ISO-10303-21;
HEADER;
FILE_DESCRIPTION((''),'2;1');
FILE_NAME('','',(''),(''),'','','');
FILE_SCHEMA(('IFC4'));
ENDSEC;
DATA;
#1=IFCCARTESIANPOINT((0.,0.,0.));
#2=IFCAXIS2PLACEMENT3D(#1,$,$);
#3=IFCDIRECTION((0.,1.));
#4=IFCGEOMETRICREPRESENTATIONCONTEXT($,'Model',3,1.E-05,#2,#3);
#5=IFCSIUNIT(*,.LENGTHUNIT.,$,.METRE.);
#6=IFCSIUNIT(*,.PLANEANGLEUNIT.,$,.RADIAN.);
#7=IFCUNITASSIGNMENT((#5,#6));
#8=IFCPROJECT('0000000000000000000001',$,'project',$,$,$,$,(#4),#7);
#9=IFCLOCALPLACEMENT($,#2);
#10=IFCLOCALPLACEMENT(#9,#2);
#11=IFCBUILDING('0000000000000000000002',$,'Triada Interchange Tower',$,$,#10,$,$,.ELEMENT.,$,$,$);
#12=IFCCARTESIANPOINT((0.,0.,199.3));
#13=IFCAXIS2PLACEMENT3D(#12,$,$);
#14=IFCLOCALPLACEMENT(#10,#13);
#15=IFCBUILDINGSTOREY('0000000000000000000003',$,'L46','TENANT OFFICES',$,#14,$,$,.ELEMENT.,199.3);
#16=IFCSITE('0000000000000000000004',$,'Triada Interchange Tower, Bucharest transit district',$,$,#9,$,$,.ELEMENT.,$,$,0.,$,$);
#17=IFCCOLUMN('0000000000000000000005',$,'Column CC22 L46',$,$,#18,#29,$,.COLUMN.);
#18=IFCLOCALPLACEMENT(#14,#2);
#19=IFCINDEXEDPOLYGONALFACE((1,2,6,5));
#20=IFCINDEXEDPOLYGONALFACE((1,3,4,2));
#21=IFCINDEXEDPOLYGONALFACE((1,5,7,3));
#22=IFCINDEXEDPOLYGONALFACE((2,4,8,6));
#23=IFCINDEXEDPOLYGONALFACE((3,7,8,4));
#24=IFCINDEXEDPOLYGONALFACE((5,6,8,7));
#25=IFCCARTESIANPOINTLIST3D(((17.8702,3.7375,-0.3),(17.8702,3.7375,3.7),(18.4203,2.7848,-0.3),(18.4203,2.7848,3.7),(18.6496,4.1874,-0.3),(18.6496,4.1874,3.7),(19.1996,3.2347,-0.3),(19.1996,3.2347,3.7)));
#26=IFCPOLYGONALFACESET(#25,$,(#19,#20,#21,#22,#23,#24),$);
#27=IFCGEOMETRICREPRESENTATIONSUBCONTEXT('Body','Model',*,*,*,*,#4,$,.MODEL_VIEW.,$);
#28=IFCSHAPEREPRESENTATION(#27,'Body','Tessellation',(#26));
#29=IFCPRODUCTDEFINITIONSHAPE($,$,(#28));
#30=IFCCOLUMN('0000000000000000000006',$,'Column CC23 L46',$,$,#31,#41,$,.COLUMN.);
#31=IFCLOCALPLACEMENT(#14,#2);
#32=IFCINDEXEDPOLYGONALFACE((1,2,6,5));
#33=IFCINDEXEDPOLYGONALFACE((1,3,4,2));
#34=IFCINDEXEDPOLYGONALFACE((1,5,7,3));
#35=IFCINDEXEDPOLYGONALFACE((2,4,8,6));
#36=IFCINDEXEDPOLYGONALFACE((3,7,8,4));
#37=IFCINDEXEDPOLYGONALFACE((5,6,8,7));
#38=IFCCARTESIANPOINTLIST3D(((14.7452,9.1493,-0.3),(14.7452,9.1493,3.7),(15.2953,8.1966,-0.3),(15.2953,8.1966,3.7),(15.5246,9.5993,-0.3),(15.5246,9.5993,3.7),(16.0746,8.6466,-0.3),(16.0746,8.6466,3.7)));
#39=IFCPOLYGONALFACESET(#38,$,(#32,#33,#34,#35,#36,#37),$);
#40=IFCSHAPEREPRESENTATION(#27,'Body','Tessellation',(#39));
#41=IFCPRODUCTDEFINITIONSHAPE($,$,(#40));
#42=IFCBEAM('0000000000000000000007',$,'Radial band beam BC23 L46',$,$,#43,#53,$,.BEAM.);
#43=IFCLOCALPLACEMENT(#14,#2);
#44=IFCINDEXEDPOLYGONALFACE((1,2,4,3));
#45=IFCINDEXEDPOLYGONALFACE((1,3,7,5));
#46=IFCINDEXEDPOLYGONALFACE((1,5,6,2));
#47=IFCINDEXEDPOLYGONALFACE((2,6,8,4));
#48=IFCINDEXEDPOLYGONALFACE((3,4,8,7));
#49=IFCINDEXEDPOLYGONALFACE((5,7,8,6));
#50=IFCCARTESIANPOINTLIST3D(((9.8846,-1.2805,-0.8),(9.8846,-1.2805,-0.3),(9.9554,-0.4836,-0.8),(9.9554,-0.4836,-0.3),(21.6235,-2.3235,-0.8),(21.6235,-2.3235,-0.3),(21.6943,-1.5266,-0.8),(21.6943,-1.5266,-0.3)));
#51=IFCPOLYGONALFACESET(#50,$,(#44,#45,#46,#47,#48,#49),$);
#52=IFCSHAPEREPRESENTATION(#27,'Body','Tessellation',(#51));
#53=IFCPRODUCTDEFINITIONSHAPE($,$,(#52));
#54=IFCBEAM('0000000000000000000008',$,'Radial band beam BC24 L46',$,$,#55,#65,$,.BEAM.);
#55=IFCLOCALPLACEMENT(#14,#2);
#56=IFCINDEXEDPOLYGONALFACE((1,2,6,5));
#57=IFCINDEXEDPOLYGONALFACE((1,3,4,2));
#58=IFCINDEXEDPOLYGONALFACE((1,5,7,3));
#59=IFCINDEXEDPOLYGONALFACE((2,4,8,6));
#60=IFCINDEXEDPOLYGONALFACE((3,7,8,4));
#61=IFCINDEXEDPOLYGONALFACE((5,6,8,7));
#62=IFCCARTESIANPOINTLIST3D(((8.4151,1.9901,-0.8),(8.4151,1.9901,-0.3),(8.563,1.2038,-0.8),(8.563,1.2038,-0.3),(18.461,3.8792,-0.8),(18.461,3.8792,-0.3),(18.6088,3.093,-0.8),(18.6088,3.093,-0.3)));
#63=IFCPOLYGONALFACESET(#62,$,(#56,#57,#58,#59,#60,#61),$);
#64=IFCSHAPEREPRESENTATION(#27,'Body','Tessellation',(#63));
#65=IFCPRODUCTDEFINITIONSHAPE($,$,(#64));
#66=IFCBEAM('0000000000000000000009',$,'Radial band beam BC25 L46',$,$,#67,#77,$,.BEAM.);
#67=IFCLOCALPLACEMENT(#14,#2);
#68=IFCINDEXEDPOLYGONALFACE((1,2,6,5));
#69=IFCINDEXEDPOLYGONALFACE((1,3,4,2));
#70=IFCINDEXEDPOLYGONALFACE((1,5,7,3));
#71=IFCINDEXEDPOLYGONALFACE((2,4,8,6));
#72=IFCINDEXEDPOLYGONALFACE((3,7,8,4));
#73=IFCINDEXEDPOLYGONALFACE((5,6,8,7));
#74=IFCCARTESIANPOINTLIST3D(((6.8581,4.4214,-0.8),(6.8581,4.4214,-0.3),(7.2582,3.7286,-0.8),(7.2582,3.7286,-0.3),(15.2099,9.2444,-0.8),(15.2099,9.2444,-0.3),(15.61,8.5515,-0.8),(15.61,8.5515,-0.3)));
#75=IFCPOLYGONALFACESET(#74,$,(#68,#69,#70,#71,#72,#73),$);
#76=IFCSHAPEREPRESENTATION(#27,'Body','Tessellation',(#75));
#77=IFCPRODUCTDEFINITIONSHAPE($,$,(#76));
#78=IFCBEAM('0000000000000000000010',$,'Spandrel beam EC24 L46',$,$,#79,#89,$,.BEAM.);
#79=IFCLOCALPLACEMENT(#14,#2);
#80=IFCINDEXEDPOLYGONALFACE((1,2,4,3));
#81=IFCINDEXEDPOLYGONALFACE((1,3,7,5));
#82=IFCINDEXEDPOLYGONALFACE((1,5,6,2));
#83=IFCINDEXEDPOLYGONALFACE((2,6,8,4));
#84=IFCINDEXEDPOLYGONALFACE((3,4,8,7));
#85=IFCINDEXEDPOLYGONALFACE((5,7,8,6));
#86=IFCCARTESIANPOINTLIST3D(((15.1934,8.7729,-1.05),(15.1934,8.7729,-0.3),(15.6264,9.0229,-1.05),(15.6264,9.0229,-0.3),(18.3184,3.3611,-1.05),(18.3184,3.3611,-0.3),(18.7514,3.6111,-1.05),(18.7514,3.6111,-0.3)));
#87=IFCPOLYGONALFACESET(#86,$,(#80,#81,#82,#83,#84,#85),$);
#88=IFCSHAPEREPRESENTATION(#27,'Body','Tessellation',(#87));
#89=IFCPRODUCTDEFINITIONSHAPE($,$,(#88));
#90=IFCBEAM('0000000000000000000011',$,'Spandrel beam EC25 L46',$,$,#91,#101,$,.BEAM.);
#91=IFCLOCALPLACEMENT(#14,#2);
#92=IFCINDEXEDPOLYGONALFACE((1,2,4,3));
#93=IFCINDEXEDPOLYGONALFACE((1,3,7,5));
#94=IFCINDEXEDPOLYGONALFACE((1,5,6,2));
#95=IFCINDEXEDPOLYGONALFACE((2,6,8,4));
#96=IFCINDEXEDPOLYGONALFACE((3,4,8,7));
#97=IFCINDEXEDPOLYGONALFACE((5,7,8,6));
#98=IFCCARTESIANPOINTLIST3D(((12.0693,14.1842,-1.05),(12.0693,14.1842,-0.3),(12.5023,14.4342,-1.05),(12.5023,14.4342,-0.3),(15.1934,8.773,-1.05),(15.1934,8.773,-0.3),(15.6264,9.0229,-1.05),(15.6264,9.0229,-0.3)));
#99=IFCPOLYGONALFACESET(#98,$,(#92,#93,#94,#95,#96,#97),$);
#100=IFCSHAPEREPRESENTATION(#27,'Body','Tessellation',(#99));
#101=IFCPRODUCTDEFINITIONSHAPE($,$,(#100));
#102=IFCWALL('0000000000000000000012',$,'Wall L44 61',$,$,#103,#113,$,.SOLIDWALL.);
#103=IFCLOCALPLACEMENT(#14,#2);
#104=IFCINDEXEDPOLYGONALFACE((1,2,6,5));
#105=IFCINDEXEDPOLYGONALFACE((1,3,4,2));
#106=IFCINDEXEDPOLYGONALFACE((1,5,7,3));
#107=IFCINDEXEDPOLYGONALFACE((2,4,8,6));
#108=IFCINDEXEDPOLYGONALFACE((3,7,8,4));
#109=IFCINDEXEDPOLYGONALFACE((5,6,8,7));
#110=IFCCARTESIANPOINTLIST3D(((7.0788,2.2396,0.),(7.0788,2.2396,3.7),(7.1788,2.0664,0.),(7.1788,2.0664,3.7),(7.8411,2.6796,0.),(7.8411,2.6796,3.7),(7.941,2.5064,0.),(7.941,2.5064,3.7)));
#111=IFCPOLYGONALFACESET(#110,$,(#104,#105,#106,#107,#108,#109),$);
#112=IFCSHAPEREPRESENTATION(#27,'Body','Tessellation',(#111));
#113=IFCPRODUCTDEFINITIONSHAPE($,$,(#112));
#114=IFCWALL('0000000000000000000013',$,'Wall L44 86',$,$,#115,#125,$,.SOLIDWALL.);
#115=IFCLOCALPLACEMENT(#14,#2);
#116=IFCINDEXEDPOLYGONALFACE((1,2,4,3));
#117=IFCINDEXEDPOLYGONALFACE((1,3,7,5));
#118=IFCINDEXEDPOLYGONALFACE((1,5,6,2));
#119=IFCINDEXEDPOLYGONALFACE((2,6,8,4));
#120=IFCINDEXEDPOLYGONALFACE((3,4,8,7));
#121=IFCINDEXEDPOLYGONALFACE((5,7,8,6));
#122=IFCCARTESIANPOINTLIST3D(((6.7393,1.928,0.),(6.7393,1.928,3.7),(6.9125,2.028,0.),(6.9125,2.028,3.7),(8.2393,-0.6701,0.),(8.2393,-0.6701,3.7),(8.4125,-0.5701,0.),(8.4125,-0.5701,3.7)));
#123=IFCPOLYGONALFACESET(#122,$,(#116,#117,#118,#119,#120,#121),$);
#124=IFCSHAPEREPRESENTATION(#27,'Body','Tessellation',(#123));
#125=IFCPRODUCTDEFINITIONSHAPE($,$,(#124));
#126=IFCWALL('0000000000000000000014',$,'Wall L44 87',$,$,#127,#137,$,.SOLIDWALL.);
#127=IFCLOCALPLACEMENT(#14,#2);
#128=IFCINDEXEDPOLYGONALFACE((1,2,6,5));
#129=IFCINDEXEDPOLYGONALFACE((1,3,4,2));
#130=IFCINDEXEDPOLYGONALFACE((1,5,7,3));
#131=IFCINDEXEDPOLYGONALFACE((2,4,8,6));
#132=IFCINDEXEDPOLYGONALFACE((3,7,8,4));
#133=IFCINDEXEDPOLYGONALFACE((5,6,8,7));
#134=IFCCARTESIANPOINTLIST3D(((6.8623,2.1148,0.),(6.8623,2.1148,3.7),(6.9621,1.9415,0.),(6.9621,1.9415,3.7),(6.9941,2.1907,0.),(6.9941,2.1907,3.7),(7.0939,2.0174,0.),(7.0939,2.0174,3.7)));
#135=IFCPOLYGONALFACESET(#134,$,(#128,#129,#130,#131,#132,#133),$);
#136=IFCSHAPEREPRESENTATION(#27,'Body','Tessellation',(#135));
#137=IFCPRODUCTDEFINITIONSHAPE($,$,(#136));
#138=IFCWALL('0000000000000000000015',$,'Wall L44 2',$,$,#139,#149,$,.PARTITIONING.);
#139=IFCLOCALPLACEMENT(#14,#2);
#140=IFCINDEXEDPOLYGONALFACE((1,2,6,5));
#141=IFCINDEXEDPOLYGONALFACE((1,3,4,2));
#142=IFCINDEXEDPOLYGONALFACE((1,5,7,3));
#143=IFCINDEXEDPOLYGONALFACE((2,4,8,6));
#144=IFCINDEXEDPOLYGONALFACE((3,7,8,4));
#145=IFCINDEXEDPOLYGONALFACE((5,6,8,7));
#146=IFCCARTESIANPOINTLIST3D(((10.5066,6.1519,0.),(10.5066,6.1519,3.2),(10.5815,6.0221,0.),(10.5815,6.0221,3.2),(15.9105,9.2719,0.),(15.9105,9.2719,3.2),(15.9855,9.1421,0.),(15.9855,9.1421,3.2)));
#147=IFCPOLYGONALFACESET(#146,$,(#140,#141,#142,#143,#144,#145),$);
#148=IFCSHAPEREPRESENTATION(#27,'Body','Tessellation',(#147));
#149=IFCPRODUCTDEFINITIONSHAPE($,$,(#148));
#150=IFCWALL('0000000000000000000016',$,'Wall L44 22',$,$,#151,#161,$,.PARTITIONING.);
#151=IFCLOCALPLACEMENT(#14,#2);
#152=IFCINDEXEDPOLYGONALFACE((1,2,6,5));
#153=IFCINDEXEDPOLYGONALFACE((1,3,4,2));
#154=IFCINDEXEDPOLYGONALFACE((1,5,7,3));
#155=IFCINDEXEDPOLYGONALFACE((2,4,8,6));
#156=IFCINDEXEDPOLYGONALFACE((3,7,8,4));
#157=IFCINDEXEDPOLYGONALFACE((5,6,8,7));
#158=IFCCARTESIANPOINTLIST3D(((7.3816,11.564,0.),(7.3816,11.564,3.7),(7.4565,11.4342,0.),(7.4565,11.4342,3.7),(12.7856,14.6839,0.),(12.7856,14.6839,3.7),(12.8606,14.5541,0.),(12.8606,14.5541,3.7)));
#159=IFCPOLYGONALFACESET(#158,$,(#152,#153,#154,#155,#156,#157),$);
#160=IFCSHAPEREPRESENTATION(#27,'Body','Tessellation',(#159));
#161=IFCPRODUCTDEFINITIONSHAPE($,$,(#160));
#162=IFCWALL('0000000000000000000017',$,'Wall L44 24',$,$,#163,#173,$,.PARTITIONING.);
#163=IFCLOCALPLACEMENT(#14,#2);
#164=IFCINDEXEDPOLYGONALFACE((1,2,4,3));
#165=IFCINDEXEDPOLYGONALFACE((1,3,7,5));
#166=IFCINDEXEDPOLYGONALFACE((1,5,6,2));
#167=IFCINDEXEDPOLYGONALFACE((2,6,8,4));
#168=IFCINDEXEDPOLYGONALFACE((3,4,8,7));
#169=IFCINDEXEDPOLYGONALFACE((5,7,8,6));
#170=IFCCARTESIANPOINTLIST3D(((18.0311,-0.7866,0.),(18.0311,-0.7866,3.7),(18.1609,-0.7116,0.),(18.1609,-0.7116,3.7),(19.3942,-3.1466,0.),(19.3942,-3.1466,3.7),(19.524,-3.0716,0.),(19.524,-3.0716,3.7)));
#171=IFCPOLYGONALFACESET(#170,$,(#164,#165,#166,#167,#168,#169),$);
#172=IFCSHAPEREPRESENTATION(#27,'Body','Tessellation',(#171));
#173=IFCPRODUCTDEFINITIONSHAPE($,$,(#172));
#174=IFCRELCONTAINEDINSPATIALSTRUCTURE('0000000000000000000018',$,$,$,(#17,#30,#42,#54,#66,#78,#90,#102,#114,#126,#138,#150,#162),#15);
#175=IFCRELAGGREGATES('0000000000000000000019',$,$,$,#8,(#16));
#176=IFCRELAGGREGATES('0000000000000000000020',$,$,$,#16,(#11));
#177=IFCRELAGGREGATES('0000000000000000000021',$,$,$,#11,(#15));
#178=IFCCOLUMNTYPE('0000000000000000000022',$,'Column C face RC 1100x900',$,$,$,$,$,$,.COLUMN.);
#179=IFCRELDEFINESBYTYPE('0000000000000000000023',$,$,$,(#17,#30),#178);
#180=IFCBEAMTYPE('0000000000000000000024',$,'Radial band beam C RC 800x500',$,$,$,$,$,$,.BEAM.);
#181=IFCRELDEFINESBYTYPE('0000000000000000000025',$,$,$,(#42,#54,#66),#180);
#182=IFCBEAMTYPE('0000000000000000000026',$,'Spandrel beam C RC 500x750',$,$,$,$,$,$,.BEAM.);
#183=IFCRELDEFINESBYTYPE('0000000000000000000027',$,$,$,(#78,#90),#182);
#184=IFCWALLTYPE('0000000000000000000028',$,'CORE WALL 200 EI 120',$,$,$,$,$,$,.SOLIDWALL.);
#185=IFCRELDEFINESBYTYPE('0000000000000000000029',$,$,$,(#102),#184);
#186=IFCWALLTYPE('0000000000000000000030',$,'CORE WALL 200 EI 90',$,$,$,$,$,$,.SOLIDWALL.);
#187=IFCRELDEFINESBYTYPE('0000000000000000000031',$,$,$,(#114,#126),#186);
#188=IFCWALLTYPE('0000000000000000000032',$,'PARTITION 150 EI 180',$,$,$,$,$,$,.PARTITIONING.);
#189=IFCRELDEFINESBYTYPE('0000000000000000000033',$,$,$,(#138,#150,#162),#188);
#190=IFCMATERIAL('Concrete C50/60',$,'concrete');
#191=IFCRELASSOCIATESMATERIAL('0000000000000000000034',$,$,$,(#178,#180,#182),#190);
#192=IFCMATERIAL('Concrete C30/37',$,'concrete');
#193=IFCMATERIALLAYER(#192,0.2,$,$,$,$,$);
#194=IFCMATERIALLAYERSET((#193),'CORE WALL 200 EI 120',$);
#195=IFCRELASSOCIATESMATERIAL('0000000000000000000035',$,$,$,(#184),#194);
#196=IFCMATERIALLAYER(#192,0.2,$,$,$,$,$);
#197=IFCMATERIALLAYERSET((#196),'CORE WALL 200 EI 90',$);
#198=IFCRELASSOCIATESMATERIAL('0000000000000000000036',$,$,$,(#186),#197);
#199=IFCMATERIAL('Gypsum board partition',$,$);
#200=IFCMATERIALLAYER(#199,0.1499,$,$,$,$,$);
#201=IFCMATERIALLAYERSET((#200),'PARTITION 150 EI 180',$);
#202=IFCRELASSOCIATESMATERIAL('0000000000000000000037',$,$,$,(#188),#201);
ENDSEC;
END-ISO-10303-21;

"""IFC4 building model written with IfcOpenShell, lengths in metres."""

from ifc_helpers import new_model, si_unit, direction, frame, frame_2d, origin, origin_2d, place, context, subcontext, project, spatial, rectangle, extrude, material, layer, layer_set, material_profile, profile_set, type_object, element, save


model = new_model("IFC4")

# Units and contexts
model_context = context("Model", 3, precision=1e-05, world=origin(), true_north=direction((0.0, 1.0)))
body_context = subcontext(model_context, "Body", "Model", "MODEL_VIEW")
ifc_project = project(units=[si_unit("LENGTHUNIT", "METRE"), si_unit("PLANEANGLEUNIT", "RADIAN")], contexts=[model_context])

# Site, building, storey
site_placement = place(None, origin())
site = spatial("IfcSite", under=ifc_project, at=site_placement, Name="Triada Interchange Tower, Bucharest transit district", CompositionType="ELEMENT", RefElevation=0.0)
building_placement = place(site_placement, origin())
building = spatial("IfcBuilding", under=site, at=building_placement, Name="Triada Interchange Tower", CompositionType="ELEMENT")
storey_placement = place(building_placement, frame((0.0, 0.0, 199.3)))
storey = spatial("IfcBuildingStorey", under=building, at=storey_placement, Name="L46", Description="TENANT OFFICES", CompositionType="ELEMENT", Elevation=199.3)

# Columns
ifc_material_1 = material(Name="Concrete C50/60", Category="concrete")
ifc_material_profile_1 = material_profile(ifc_material_1, rectangle(XDim=1.1001, YDim=0.8999, at=origin_2d()), Name="RC 1100x900")
ifc_profile_set_1 = profile_set([ifc_material_profile_1], Name="Concrete C50/60")
column_type = type_object("IfcColumnType", Name="Column C face RC 1100x900", PredefinedType="COLUMN", material=ifc_profile_set_1)
for number, where, z_axis, x_axis, name in (
    (1, (18.5349, 3.4861, -0.3), (0.0, 0.0, 1.0), (-0.5, 0.866025, 0.0), "Column CC22 L46"),
    (2, (15.4099, 8.8979, -0.3), (0.0, 0.0, 1.0), (-0.5, 0.866025, 0.0), "Column CC23 L46"),
):
    element("IfcColumn", number, at=place(storey_placement, frame(where, z_axis=z_axis, x_axis=x_axis)), inside=storey, type_object=column_type, Name=name, PredefinedType="COLUMN", context=body_context, shape_type="SweptSolid", body=[
        extrude(rectangle(XDim=1.1001, YDim=0.8999, at=origin_2d()), origin(), (0.0, 0.0, 1.0), 4.0),
    ])

# Beams
ifc_material_profile_2 = material_profile(ifc_material_1, rectangle(XDim=0.8, YDim=0.5, at=origin_2d()), Name="RC 800x500")
ifc_profile_set_2 = profile_set([ifc_material_profile_2], Name="Concrete C50/60")
beam_type_1 = type_object("IfcBeamType", Name="Radial band beam C RC 800x500", PredefinedType="BEAM", material=ifc_profile_set_2)
beam_1_placement = place(storey_placement, frame((21.6589, -1.925, -0.55), z_axis=(-0.996076, 0.088498, 0.0), x_axis=(-0.088498, -0.996076, 0.0)))
element("IfcBeam", 3, at=beam_1_placement, inside=storey, type_object=beam_type_1, Name="Radial band beam BC23 L46", PredefinedType="BEAM", context=body_context, shape_type="SweptSolid", body=[
    extrude(rectangle(XDim=0.8, YDim=0.5, at=origin_2d()), origin(), (0.0, 0.0, 1.0), 11.7852),
])
beam_2_placement = place(storey_placement, frame((18.5349, 3.4861, -0.55), z_axis=(-0.982774, -0.184813, 0.0), x_axis=(0.184813, -0.982774, 0.0)))
element("IfcBeam", 4, at=beam_2_placement, inside=storey, type_object=beam_type_1, Name="Radial band beam BC24 L46", PredefinedType="BEAM", context=body_context, shape_type="SweptSolid", body=[
    extrude(rectangle(XDim=0.8, YDim=0.5, at=origin_2d()), origin(), (0.0, 0.0, 1.0), 10.2219),
])
beam_3_placement = place(storey_placement, frame((15.4099, 8.8979, -0.55), z_axis=(-0.865977, -0.500084, 0.0), x_axis=(0.500084, -0.865977, 0.0)))
element("IfcBeam", 5, at=beam_3_placement, inside=storey, type_object=beam_type_1, Name="Radial band beam BC25 L46", PredefinedType="BEAM", context=body_context, shape_type="SweptSolid", body=[
    extrude(rectangle(XDim=0.8, YDim=0.5, at=origin_2d()), origin(), (0.0, 0.0, 1.0), 9.6443),
])
ifc_material_profile_3 = material_profile(ifc_material_1, rectangle(XDim=0.5, YDim=0.75, at=origin_2d()), Name="RC 500x750")
ifc_profile_set_3 = profile_set([ifc_material_profile_3], Name="Concrete C50/60")
beam_type_2 = type_object("IfcBeamType", Name="Spandrel beam C RC 500x750", PredefinedType="BEAM", material=ifc_profile_set_3)
beam_4_placement = place(storey_placement, frame((18.5349, 3.4861, -0.675), z_axis=(-0.500055, 0.865994, 0.0), x_axis=(-0.865994, -0.500055, 0.0)))
element("IfcBeam", 6, at=beam_4_placement, inside=storey, type_object=beam_type_2, Name="Spandrel beam EC24 L46", PredefinedType="BEAM", context=body_context, shape_type="SweptSolid", body=[
    extrude(rectangle(XDim=0.5, YDim=0.75, at=origin_2d()), origin(), (0.0, 0.0, 1.0), 6.2493),
])
beam_5_placement = place(storey_placement, frame((15.4099, 8.8979, -0.675), z_axis=(-0.499989, 0.866032, 0.0), x_axis=(-0.866032, -0.499989, 0.0)))
element("IfcBeam", 7, at=beam_5_placement, inside=storey, type_object=beam_type_2, Name="Spandrel beam EC25 L46", PredefinedType="BEAM", context=body_context, shape_type="SweptSolid", body=[
    extrude(rectangle(XDim=0.5, YDim=0.75, at=origin_2d()), origin(), (0.0, 0.0, 1.0), 6.2483),
])

# Walls
ifc_material_2 = material(Name="Concrete C30/37", Category="concrete")
ifc_layer_1 = layer(ifc_material_2, 0.2)
ifc_layer_set_1 = layer_set([ifc_layer_1], Name="CORE WALL 200 EI 120")
wall_type_1 = type_object("IfcWallType", Name="CORE WALL 200 EI 120", PredefinedType="SOLIDWALL", material=ifc_layer_set_1)
wall_1_placement = place(storey_placement, frame((7.1289, 2.1531, 0.0), z_axis=(0.0, 0.0, 1.0), x_axis=(0.866084, 0.499899, 0.0)))
element("IfcWall", 8, at=wall_1_placement, inside=storey, type_object=wall_type_1, Name="Wall L44 61", PredefinedType="SOLIDWALL", context=body_context, shape_type="SweptSolid", body=[
    extrude(rectangle(XDim=0.8801, YDim=0.2, at=frame_2d((0.4399, 0.0))), origin(), (0.0, 0.0, 1.0), 3.7),
])
ifc_layer_2 = layer(ifc_material_2, 0.2)
ifc_layer_set_2 = layer_set([ifc_layer_2], Name="CORE WALL 200 EI 90")
wall_type_2 = type_object("IfcWallType", Name="CORE WALL 200 EI 90", PredefinedType="SOLIDWALL", material=ifc_layer_set_2)
wall_2_placement = place(storey_placement, frame((6.8259, 1.978, 0.0), z_axis=(0.0, 0.0, 1.0), x_axis=(0.49999, -0.866031, 0.0)))
element("IfcWall", 9, at=wall_2_placement, inside=storey, type_object=wall_type_2, Name="Wall L44 86", PredefinedType="SOLIDWALL", context=body_context, shape_type="SweptSolid", body=[
    extrude(rectangle(XDim=3.0, YDim=0.2, at=frame_2d((1.5, 0.0))), origin(), (0.0, 0.0, 1.0), 3.7),
])
wall_3_placement = place(storey_placement, frame((6.9121, 2.0281, 0.0), z_axis=(0.0, 0.0, 1.0), x_axis=(0.866559, 0.499074, 0.0)))
element("IfcWall", 10, at=wall_3_placement, inside=storey, type_object=wall_type_2, Name="Wall L44 87", PredefinedType="SOLIDWALL", context=body_context, shape_type="SweptSolid", body=[
    extrude(rectangle(XDim=0.1521, YDim=0.2, at=frame_2d((0.0762, 0.0))), origin(), (0.0, 0.0, 1.0), 3.7),
])
ifc_material_3 = material(Name="Gypsum board partition")
ifc_layer_3 = layer(ifc_material_3, 0.1499)
ifc_layer_set_3 = layer_set([ifc_layer_3], Name="PARTITION 150 EI 180")
wall_type_3 = type_object("IfcWallType", Name="PARTITION 150 EI 180", PredefinedType="PARTITIONING", material=ifc_layer_set_3)
wall_4_placement = place(storey_placement, frame((10.5439, 6.0869, 0.0), z_axis=(0.0, 0.0, 1.0), x_axis=(0.866019, 0.50001, 0.0)))
element("IfcWall", 11, at=wall_4_placement, inside=storey, type_object=wall_type_3, Name="Wall L44 2", PredefinedType="PARTITIONING", context=body_context, shape_type="SweptSolid", body=[
    extrude(rectangle(XDim=6.24, YDim=0.1499, at=frame_2d((3.1201, 0.0))), origin(), (0.0, 0.0, 1.0), 3.2),
])
wall_5_placement = place(storey_placement, frame((7.4189, 11.499, 0.0), z_axis=(0.0, 0.0, 1.0), x_axis=(0.866036, 0.499981, 0.0)))
element("IfcWall", 12, at=wall_5_placement, inside=storey, type_object=wall_type_3, Name="Wall L44 22", PredefinedType="PARTITIONING", context=body_context, shape_type="SweptSolid", body=[
    extrude(rectangle(XDim=6.24, YDim=0.1499, at=frame_2d((3.1201, 0.0))), origin(), (0.0, 0.0, 1.0), 3.7),
])
wall_6_placement = place(storey_placement, frame((18.0959, -0.749, 0.0), z_axis=(0.0, 0.0, 1.0), x_axis=(0.500157, -0.865935, 0.0)))
element("IfcWall", 13, at=wall_6_placement, inside=storey, type_object=wall_type_3, Name="Wall L44 24", PredefinedType="PARTITIONING", context=body_context, shape_type="SweptSolid", body=[
    extrude(rectangle(XDim=2.7253, YDim=0.1499, at=frame_2d((1.3628, 0.0))), origin(), (0.0, 0.0, 1.0), 3.7),
])

save(model, "model.ifc")
